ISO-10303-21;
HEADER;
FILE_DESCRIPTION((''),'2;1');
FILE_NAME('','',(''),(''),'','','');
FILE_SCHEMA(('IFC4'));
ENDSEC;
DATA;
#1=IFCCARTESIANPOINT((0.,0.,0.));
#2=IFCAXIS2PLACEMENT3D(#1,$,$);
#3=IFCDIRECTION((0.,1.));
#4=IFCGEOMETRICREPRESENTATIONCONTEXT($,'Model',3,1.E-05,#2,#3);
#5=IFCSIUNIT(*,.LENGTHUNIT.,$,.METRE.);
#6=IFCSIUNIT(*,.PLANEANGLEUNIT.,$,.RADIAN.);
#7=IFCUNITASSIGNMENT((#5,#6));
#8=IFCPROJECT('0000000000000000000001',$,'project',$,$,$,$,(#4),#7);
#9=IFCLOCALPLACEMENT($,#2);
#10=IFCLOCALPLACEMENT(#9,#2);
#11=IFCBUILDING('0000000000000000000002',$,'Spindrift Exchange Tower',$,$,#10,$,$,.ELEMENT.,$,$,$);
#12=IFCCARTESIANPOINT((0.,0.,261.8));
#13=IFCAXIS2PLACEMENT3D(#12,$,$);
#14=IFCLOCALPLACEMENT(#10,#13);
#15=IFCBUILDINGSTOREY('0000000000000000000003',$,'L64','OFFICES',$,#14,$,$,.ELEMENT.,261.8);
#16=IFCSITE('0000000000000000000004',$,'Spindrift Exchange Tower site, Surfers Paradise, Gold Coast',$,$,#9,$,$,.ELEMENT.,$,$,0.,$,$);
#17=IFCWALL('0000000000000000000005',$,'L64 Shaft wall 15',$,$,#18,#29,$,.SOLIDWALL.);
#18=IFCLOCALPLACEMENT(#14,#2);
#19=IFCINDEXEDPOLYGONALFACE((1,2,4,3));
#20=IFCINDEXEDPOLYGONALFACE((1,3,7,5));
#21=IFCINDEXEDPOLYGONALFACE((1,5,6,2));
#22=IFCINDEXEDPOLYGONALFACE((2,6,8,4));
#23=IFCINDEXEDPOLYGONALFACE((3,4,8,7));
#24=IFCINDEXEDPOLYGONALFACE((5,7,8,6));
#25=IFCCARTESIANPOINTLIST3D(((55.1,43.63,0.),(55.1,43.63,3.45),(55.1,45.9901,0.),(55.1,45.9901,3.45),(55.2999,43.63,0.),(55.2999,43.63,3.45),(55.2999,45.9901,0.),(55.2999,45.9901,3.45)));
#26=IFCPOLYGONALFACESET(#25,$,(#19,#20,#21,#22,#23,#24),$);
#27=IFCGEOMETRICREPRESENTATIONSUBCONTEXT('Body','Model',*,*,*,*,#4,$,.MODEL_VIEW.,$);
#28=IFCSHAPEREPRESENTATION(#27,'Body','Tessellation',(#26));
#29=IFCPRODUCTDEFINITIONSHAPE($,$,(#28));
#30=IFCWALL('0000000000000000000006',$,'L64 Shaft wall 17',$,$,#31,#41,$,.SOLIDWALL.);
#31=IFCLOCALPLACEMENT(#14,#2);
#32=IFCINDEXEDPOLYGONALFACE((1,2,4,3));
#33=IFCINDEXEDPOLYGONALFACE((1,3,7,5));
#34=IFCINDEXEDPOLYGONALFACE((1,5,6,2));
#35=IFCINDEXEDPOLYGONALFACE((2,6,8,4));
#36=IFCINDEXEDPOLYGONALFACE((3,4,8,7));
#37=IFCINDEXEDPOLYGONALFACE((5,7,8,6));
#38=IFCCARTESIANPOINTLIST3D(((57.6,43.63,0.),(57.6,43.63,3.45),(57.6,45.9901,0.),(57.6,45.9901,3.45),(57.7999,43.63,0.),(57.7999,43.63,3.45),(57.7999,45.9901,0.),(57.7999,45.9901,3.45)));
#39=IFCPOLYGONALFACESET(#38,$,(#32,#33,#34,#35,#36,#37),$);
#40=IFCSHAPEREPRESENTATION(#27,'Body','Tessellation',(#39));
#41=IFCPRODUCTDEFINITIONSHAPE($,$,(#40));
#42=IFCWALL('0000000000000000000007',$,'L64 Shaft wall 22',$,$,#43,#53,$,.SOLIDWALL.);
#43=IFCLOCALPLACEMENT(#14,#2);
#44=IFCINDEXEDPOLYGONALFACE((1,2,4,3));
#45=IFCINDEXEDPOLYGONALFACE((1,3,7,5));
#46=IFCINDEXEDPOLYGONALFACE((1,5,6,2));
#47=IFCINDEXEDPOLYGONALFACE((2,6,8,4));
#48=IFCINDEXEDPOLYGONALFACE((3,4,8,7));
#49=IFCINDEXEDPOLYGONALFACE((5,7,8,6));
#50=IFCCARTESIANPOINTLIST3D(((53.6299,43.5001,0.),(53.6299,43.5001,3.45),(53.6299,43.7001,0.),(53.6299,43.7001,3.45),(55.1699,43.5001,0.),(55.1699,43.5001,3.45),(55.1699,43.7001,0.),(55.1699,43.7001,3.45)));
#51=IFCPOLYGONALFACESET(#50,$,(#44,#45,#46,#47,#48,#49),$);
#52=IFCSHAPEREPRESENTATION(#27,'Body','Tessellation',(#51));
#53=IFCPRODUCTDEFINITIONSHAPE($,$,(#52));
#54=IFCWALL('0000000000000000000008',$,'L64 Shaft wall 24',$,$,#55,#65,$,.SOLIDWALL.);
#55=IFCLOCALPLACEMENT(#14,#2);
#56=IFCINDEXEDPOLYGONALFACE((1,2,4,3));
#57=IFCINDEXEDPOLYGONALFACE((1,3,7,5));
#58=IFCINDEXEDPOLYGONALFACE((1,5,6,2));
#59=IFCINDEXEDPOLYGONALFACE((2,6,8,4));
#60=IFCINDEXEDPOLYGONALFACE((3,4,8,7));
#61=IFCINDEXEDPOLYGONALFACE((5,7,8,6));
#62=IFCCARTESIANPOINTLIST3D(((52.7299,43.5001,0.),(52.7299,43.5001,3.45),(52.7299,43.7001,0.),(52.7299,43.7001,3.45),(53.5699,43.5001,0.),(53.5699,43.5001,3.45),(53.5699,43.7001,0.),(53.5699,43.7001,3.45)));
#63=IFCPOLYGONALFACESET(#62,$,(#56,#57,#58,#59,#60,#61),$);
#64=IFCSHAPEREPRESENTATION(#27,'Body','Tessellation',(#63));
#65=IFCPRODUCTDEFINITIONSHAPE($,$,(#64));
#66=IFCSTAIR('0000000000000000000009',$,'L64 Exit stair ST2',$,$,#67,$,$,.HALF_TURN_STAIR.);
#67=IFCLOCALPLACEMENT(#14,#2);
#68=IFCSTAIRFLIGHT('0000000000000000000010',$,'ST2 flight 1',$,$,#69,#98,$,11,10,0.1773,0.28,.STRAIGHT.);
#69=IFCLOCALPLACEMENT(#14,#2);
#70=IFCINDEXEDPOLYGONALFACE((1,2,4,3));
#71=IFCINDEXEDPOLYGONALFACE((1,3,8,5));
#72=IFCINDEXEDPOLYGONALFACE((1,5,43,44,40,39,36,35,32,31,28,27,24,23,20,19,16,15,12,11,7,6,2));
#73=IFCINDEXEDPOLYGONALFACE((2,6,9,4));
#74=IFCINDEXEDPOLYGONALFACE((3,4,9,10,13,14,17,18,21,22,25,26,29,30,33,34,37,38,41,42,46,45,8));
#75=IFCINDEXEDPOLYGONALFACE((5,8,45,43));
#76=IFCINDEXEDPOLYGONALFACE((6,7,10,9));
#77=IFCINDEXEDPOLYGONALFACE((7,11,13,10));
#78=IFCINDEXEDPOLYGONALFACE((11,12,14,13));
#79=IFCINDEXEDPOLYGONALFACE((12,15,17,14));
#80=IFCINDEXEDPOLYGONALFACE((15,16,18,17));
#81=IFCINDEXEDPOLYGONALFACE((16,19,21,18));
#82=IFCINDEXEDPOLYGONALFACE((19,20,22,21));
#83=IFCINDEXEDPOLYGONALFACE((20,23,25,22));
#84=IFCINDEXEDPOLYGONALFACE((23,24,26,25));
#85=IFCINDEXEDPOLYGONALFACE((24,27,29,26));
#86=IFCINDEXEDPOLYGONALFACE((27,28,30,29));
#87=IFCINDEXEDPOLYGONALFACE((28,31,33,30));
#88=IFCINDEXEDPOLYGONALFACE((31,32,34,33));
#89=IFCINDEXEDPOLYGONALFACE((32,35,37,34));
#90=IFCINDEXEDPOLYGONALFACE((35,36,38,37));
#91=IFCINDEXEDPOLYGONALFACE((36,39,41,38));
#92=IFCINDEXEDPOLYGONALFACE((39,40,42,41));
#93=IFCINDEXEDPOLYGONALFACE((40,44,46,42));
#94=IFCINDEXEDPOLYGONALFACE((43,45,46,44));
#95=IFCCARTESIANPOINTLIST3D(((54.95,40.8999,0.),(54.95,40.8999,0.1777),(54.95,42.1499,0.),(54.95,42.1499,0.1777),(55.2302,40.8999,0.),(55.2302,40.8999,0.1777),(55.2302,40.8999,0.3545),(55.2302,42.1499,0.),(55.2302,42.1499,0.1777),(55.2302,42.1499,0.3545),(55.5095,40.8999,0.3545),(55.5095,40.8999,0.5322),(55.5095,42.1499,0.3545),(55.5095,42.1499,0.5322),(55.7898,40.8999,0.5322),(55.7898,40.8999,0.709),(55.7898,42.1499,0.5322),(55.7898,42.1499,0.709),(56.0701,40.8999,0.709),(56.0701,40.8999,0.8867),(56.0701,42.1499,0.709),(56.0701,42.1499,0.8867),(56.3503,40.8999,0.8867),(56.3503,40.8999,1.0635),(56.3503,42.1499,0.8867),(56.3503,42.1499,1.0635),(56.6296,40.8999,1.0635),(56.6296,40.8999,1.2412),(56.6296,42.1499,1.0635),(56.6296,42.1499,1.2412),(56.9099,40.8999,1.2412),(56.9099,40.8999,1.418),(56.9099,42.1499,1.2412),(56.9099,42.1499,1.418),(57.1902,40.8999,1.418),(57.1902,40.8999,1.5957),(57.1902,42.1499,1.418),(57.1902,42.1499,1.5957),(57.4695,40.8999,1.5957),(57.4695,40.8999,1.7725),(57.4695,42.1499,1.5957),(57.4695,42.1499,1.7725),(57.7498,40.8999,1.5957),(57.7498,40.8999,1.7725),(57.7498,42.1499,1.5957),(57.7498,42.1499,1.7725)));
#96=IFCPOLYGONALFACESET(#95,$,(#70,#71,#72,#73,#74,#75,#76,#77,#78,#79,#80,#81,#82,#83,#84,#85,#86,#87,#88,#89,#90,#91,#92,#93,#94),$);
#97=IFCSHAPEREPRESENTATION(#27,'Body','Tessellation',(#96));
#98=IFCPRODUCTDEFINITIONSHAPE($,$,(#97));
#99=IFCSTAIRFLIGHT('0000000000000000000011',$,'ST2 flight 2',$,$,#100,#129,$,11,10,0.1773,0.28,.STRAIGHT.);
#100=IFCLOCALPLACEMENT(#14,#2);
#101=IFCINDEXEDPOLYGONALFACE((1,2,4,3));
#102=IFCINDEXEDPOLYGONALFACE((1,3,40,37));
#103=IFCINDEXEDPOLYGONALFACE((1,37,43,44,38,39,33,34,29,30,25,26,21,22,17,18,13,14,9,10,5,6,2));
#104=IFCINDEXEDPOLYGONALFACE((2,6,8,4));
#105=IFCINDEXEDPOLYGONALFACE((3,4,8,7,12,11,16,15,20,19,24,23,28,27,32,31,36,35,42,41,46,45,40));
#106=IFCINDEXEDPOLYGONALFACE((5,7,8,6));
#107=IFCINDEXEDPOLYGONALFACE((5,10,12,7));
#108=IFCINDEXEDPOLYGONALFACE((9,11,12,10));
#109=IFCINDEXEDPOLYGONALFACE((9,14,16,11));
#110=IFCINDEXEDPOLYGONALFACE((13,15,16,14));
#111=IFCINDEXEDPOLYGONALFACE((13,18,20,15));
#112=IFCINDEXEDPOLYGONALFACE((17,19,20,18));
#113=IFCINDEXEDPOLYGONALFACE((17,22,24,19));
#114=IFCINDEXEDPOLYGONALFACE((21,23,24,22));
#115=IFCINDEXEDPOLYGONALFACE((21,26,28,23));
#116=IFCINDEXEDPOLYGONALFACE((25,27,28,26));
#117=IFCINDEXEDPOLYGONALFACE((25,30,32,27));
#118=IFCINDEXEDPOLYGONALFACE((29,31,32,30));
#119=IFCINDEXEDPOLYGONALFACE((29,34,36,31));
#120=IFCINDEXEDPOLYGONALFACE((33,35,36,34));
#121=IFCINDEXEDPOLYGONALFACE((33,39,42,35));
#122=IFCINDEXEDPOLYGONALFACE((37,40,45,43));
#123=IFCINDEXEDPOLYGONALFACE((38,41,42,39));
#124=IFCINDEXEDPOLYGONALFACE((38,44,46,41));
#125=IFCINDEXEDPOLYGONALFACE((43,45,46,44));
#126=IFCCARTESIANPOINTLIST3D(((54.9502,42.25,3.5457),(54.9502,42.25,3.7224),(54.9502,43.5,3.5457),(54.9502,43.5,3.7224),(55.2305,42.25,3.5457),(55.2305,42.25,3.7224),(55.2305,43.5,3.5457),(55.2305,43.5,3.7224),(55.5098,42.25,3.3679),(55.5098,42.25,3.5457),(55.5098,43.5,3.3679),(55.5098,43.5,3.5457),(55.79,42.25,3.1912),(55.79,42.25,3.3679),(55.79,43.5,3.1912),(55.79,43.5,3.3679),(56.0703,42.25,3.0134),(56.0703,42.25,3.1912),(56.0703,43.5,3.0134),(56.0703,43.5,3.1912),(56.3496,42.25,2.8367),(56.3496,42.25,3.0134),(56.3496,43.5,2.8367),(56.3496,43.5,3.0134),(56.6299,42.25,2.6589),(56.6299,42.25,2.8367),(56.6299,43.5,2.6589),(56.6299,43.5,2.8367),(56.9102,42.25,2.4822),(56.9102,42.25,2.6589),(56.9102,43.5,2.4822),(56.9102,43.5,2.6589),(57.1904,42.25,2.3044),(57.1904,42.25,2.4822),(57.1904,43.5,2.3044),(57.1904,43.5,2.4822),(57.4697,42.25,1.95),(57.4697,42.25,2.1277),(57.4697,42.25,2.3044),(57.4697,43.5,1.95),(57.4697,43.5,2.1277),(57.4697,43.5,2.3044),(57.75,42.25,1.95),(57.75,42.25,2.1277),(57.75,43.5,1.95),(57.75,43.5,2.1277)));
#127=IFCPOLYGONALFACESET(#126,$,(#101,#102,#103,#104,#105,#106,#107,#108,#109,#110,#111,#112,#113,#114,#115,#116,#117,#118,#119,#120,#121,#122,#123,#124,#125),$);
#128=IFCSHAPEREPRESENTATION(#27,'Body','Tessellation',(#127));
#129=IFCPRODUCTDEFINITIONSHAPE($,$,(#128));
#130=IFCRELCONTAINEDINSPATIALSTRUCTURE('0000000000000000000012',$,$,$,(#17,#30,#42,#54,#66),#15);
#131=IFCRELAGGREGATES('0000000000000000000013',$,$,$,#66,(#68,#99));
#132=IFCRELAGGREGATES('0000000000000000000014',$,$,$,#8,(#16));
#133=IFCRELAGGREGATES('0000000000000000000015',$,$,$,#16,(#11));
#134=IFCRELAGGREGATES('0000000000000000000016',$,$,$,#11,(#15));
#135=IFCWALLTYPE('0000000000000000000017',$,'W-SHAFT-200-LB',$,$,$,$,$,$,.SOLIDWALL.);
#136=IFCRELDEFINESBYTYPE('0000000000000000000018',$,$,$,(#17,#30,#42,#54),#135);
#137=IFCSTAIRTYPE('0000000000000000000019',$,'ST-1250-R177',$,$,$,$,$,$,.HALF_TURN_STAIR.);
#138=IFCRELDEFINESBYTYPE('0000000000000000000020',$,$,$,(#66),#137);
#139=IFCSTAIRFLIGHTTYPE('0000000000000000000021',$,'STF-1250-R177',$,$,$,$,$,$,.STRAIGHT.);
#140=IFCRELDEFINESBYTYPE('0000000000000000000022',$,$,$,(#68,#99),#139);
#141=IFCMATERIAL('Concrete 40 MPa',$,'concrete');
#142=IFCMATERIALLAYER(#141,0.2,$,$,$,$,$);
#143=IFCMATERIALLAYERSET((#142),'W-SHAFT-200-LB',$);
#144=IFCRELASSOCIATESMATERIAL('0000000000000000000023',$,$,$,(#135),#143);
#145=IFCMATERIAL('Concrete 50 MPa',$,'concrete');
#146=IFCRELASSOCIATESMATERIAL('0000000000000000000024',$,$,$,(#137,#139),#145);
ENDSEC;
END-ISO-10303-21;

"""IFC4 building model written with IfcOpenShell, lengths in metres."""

from ifc_helpers import new_model, si_unit, direction, frame, frame_2d, origin, place, context, subcontext, project, spatial, line, indexed_curve, rectangle, outline, extrude, material, layer, layer_set, type_object, element, aggregate, save


model = new_model("IFC4")

# Units and contexts
model_context = context("Model", 3, precision=1e-05, world=origin(), true_north=direction((0.0, 1.0)))
body_context = subcontext(model_context, "Body", "Model", "MODEL_VIEW")
ifc_project = project(units=[si_unit("LENGTHUNIT", "METRE"), si_unit("PLANEANGLEUNIT", "RADIAN")], contexts=[model_context])

# Site, building, storey
site_placement = place(None, origin())
site = spatial("IfcSite", under=ifc_project, at=site_placement, Name="Spindrift Exchange Tower site, Surfers Paradise, Gold Coast", CompositionType="ELEMENT", RefElevation=0.0)
building_placement = place(site_placement, origin())
building = spatial("IfcBuilding", under=site, at=building_placement, Name="Spindrift Exchange Tower", CompositionType="ELEMENT")
storey_placement = place(building_placement, frame((0.0, 0.0, 261.8)))
storey = spatial("IfcBuildingStorey", under=building, at=storey_placement, Name="L64", Description="OFFICES", CompositionType="ELEMENT", Elevation=261.8)

# Shared definitions
ifc_material_1 = material(Name="Concrete 40 MPa", Category="concrete")

# Shared definitions
ifc_layer_1 = layer(ifc_material_1, 0.2)
ifc_layer_set_1 = layer_set([ifc_layer_1], Name="W-SHAFT-200-LB")
wall_type_1 = type_object("IfcWallType", Name="W-SHAFT-200-LB", PredefinedType="SOLIDWALL", material=ifc_layer_set_1)

# Walls
for number, where, z_axis, x_axis, name in (
    (1, (55.2, 43.6299, 0.0), (0.0, 0.0, 1.0), (0.0, 1.0, 0.0), "L64 Shaft wall 15"),
    (2, (57.7, 43.6299, 0.0), (0.0, 0.0, 1.0), (0.0, 1.0, 0.0), "L64 Shaft wall 17"),
):
    element("IfcWall", number, at=place(storey_placement, frame(where, z_axis=z_axis, x_axis=x_axis)), inside=storey, type_object=wall_type_1, Name=name, PredefinedType="SOLIDWALL", context=body_context, shape_type="SweptSolid", body=[
        extrude(rectangle(XDim=2.3601, YDim=0.2, at=frame_2d((1.1802, 0.0))), origin(), (0.0, 0.0, 1.0), 3.45),
    ])
wall_1_placement = place(storey_placement, frame((53.6299, 43.6001, 0.0), z_axis=(0.0, 0.0, 1.0), x_axis=(1.0, 0.0, 0.0)))
element("IfcWall", 3, at=wall_1_placement, inside=storey, type_object=wall_type_1, Name="L64 Shaft wall 22", PredefinedType="SOLIDWALL", context=body_context, shape_type="SweptSolid", body=[
    extrude(rectangle(XDim=1.54, YDim=0.2, at=frame_2d((0.77, 0.0))), origin(), (0.0, 0.0, 1.0), 3.45),
])
wall_2_placement = place(storey_placement, frame((52.73, 43.6001, 0.0), z_axis=(0.0, 0.0, 1.0), x_axis=(1.0, 0.0, 0.0)))
element("IfcWall", 4, at=wall_2_placement, inside=storey, type_object=wall_type_1, Name="L64 Shaft wall 24", PredefinedType="SOLIDWALL", context=body_context, shape_type="SweptSolid", body=[
    extrude(rectangle(XDim=0.8401, YDim=0.2, at=frame_2d((0.4199, 0.0))), origin(), (0.0, 0.0, 1.0), 3.45),
])

# Stair, stair flights
ifc_material_2 = material(Name="Concrete 50 MPa", Category="concrete")
stair_type = type_object("IfcStairType", Name="ST-1250-R177", PredefinedType="HALF_TURN_STAIR", material=ifc_material_2)
stair_placement = place(storey_placement, origin())
stair = element("IfcStair", 5, at=stair_placement, inside=storey, type_object=stair_type, Name="L64 Exit stair ST2", PredefinedType="HALF_TURN_STAIR")
stair_flight_type = type_object("IfcStairFlightType", Name="STF-1250-R177", PredefinedType="STRAIGHT", material=ifc_material_2)
stair_flight_1_placement = place(storey_placement, frame((54.95, 41.5249, 0.0), z_axis=(0.0, 0.0, 1.0), x_axis=(1.0, 0.0, 0.0)))
stair_flight_1 = element("IfcStairFlight", 6, at=stair_flight_1_placement, type_object=stair_flight_type, Name="ST2 flight 1", NumberOfRisers=11, NumberOfTreads=10, PredefinedType="STRAIGHT", RiserHeight=0.1773, TreadLength=0.28, context=body_context, shape_type="SweptSolid", body=[
    extrude(outline(indexed_curve([(0.0, 0.0), (0.0, 0.1777), (0.2803, 0.1777), (0.2803, 0.3545), (0.5596, 0.3545), (0.5596, 0.5322), (0.8398, 0.5322), (0.8398, 0.709), (1.1201, 0.709), (1.1201, 0.8867), (1.4004, 0.8867), (1.4004, 1.0635), (1.6797, 1.0635), (1.6797, 1.2412), (1.96, 1.2412), (1.96, 1.418), (2.2402, 1.418), (2.2402, 1.5957), (2.5195, 1.5957), (2.5195, 1.7725), (2.7998, 1.7725), (2.7998, 1.9502), (2.7998, 1.5957), (0.2803, 0.0)], segments=[line(1, 2, 3, 4, 5, 6, 7, 8, 9, 10, 11, 12, 13, 14, 15, 16, 17, 18, 19, 20, 21, 22, 23, 24, 1)], self_intersect=False)), frame((0.0, 0.625, 0.0), z_axis=(0.0, -1.0, 0.0), x_axis=(1.0, 0.0, 0.0)), (0.0, 0.0, 1.0), 1.25),
])
stair_flight_2_placement = place(storey_placement, frame((57.75, 42.875, 1.95), z_axis=(0.0, 0.0, 1.0), x_axis=(-1.0, 0.0, 0.0)))
stair_flight_2 = element("IfcStairFlight", 7, at=stair_flight_2_placement, type_object=stair_flight_type, Name="ST2 flight 2", NumberOfRisers=11, NumberOfTreads=10, PredefinedType="STRAIGHT", RiserHeight=0.1773, TreadLength=0.28, context=body_context, shape_type="SweptSolid", body=[
    extrude(outline(indexed_curve([(0.0, 0.0), (0.0, 0.1777), (0.2803, 0.1777), (0.2803, 0.3545), (0.5596, 0.3545), (0.5596, 0.5322), (0.8398, 0.5322), (0.8398, 0.709), (1.1201, 0.709), (1.1201, 0.8867), (1.4004, 0.8867), (1.4004, 1.0635), (1.6797, 1.0635), (1.6797, 1.2412), (1.96, 1.2412), (1.96, 1.418), (2.2402, 1.418), (2.2402, 1.5957), (2.5195, 1.5957), (2.5195, 1.7725), (2.7998, 1.7725), (2.7998, 1.9502), (2.7998, 1.5957), (0.2803, 0.0)], segments=[line(1, 2, 3, 4, 5, 6, 7, 8, 9, 10, 11, 12, 13, 14, 15, 16, 17, 18, 19, 20, 21, 22, 23, 24, 1)], self_intersect=False)), frame((0.0, 0.625, 0.0), z_axis=(0.0, -1.0, 0.0), x_axis=(1.0, 0.0, 0.0)), (0.0, 0.0, 1.0), 1.25),
])
aggregate(stair, [stair_flight_1, stair_flight_2])

save(model, "model.ifc")
